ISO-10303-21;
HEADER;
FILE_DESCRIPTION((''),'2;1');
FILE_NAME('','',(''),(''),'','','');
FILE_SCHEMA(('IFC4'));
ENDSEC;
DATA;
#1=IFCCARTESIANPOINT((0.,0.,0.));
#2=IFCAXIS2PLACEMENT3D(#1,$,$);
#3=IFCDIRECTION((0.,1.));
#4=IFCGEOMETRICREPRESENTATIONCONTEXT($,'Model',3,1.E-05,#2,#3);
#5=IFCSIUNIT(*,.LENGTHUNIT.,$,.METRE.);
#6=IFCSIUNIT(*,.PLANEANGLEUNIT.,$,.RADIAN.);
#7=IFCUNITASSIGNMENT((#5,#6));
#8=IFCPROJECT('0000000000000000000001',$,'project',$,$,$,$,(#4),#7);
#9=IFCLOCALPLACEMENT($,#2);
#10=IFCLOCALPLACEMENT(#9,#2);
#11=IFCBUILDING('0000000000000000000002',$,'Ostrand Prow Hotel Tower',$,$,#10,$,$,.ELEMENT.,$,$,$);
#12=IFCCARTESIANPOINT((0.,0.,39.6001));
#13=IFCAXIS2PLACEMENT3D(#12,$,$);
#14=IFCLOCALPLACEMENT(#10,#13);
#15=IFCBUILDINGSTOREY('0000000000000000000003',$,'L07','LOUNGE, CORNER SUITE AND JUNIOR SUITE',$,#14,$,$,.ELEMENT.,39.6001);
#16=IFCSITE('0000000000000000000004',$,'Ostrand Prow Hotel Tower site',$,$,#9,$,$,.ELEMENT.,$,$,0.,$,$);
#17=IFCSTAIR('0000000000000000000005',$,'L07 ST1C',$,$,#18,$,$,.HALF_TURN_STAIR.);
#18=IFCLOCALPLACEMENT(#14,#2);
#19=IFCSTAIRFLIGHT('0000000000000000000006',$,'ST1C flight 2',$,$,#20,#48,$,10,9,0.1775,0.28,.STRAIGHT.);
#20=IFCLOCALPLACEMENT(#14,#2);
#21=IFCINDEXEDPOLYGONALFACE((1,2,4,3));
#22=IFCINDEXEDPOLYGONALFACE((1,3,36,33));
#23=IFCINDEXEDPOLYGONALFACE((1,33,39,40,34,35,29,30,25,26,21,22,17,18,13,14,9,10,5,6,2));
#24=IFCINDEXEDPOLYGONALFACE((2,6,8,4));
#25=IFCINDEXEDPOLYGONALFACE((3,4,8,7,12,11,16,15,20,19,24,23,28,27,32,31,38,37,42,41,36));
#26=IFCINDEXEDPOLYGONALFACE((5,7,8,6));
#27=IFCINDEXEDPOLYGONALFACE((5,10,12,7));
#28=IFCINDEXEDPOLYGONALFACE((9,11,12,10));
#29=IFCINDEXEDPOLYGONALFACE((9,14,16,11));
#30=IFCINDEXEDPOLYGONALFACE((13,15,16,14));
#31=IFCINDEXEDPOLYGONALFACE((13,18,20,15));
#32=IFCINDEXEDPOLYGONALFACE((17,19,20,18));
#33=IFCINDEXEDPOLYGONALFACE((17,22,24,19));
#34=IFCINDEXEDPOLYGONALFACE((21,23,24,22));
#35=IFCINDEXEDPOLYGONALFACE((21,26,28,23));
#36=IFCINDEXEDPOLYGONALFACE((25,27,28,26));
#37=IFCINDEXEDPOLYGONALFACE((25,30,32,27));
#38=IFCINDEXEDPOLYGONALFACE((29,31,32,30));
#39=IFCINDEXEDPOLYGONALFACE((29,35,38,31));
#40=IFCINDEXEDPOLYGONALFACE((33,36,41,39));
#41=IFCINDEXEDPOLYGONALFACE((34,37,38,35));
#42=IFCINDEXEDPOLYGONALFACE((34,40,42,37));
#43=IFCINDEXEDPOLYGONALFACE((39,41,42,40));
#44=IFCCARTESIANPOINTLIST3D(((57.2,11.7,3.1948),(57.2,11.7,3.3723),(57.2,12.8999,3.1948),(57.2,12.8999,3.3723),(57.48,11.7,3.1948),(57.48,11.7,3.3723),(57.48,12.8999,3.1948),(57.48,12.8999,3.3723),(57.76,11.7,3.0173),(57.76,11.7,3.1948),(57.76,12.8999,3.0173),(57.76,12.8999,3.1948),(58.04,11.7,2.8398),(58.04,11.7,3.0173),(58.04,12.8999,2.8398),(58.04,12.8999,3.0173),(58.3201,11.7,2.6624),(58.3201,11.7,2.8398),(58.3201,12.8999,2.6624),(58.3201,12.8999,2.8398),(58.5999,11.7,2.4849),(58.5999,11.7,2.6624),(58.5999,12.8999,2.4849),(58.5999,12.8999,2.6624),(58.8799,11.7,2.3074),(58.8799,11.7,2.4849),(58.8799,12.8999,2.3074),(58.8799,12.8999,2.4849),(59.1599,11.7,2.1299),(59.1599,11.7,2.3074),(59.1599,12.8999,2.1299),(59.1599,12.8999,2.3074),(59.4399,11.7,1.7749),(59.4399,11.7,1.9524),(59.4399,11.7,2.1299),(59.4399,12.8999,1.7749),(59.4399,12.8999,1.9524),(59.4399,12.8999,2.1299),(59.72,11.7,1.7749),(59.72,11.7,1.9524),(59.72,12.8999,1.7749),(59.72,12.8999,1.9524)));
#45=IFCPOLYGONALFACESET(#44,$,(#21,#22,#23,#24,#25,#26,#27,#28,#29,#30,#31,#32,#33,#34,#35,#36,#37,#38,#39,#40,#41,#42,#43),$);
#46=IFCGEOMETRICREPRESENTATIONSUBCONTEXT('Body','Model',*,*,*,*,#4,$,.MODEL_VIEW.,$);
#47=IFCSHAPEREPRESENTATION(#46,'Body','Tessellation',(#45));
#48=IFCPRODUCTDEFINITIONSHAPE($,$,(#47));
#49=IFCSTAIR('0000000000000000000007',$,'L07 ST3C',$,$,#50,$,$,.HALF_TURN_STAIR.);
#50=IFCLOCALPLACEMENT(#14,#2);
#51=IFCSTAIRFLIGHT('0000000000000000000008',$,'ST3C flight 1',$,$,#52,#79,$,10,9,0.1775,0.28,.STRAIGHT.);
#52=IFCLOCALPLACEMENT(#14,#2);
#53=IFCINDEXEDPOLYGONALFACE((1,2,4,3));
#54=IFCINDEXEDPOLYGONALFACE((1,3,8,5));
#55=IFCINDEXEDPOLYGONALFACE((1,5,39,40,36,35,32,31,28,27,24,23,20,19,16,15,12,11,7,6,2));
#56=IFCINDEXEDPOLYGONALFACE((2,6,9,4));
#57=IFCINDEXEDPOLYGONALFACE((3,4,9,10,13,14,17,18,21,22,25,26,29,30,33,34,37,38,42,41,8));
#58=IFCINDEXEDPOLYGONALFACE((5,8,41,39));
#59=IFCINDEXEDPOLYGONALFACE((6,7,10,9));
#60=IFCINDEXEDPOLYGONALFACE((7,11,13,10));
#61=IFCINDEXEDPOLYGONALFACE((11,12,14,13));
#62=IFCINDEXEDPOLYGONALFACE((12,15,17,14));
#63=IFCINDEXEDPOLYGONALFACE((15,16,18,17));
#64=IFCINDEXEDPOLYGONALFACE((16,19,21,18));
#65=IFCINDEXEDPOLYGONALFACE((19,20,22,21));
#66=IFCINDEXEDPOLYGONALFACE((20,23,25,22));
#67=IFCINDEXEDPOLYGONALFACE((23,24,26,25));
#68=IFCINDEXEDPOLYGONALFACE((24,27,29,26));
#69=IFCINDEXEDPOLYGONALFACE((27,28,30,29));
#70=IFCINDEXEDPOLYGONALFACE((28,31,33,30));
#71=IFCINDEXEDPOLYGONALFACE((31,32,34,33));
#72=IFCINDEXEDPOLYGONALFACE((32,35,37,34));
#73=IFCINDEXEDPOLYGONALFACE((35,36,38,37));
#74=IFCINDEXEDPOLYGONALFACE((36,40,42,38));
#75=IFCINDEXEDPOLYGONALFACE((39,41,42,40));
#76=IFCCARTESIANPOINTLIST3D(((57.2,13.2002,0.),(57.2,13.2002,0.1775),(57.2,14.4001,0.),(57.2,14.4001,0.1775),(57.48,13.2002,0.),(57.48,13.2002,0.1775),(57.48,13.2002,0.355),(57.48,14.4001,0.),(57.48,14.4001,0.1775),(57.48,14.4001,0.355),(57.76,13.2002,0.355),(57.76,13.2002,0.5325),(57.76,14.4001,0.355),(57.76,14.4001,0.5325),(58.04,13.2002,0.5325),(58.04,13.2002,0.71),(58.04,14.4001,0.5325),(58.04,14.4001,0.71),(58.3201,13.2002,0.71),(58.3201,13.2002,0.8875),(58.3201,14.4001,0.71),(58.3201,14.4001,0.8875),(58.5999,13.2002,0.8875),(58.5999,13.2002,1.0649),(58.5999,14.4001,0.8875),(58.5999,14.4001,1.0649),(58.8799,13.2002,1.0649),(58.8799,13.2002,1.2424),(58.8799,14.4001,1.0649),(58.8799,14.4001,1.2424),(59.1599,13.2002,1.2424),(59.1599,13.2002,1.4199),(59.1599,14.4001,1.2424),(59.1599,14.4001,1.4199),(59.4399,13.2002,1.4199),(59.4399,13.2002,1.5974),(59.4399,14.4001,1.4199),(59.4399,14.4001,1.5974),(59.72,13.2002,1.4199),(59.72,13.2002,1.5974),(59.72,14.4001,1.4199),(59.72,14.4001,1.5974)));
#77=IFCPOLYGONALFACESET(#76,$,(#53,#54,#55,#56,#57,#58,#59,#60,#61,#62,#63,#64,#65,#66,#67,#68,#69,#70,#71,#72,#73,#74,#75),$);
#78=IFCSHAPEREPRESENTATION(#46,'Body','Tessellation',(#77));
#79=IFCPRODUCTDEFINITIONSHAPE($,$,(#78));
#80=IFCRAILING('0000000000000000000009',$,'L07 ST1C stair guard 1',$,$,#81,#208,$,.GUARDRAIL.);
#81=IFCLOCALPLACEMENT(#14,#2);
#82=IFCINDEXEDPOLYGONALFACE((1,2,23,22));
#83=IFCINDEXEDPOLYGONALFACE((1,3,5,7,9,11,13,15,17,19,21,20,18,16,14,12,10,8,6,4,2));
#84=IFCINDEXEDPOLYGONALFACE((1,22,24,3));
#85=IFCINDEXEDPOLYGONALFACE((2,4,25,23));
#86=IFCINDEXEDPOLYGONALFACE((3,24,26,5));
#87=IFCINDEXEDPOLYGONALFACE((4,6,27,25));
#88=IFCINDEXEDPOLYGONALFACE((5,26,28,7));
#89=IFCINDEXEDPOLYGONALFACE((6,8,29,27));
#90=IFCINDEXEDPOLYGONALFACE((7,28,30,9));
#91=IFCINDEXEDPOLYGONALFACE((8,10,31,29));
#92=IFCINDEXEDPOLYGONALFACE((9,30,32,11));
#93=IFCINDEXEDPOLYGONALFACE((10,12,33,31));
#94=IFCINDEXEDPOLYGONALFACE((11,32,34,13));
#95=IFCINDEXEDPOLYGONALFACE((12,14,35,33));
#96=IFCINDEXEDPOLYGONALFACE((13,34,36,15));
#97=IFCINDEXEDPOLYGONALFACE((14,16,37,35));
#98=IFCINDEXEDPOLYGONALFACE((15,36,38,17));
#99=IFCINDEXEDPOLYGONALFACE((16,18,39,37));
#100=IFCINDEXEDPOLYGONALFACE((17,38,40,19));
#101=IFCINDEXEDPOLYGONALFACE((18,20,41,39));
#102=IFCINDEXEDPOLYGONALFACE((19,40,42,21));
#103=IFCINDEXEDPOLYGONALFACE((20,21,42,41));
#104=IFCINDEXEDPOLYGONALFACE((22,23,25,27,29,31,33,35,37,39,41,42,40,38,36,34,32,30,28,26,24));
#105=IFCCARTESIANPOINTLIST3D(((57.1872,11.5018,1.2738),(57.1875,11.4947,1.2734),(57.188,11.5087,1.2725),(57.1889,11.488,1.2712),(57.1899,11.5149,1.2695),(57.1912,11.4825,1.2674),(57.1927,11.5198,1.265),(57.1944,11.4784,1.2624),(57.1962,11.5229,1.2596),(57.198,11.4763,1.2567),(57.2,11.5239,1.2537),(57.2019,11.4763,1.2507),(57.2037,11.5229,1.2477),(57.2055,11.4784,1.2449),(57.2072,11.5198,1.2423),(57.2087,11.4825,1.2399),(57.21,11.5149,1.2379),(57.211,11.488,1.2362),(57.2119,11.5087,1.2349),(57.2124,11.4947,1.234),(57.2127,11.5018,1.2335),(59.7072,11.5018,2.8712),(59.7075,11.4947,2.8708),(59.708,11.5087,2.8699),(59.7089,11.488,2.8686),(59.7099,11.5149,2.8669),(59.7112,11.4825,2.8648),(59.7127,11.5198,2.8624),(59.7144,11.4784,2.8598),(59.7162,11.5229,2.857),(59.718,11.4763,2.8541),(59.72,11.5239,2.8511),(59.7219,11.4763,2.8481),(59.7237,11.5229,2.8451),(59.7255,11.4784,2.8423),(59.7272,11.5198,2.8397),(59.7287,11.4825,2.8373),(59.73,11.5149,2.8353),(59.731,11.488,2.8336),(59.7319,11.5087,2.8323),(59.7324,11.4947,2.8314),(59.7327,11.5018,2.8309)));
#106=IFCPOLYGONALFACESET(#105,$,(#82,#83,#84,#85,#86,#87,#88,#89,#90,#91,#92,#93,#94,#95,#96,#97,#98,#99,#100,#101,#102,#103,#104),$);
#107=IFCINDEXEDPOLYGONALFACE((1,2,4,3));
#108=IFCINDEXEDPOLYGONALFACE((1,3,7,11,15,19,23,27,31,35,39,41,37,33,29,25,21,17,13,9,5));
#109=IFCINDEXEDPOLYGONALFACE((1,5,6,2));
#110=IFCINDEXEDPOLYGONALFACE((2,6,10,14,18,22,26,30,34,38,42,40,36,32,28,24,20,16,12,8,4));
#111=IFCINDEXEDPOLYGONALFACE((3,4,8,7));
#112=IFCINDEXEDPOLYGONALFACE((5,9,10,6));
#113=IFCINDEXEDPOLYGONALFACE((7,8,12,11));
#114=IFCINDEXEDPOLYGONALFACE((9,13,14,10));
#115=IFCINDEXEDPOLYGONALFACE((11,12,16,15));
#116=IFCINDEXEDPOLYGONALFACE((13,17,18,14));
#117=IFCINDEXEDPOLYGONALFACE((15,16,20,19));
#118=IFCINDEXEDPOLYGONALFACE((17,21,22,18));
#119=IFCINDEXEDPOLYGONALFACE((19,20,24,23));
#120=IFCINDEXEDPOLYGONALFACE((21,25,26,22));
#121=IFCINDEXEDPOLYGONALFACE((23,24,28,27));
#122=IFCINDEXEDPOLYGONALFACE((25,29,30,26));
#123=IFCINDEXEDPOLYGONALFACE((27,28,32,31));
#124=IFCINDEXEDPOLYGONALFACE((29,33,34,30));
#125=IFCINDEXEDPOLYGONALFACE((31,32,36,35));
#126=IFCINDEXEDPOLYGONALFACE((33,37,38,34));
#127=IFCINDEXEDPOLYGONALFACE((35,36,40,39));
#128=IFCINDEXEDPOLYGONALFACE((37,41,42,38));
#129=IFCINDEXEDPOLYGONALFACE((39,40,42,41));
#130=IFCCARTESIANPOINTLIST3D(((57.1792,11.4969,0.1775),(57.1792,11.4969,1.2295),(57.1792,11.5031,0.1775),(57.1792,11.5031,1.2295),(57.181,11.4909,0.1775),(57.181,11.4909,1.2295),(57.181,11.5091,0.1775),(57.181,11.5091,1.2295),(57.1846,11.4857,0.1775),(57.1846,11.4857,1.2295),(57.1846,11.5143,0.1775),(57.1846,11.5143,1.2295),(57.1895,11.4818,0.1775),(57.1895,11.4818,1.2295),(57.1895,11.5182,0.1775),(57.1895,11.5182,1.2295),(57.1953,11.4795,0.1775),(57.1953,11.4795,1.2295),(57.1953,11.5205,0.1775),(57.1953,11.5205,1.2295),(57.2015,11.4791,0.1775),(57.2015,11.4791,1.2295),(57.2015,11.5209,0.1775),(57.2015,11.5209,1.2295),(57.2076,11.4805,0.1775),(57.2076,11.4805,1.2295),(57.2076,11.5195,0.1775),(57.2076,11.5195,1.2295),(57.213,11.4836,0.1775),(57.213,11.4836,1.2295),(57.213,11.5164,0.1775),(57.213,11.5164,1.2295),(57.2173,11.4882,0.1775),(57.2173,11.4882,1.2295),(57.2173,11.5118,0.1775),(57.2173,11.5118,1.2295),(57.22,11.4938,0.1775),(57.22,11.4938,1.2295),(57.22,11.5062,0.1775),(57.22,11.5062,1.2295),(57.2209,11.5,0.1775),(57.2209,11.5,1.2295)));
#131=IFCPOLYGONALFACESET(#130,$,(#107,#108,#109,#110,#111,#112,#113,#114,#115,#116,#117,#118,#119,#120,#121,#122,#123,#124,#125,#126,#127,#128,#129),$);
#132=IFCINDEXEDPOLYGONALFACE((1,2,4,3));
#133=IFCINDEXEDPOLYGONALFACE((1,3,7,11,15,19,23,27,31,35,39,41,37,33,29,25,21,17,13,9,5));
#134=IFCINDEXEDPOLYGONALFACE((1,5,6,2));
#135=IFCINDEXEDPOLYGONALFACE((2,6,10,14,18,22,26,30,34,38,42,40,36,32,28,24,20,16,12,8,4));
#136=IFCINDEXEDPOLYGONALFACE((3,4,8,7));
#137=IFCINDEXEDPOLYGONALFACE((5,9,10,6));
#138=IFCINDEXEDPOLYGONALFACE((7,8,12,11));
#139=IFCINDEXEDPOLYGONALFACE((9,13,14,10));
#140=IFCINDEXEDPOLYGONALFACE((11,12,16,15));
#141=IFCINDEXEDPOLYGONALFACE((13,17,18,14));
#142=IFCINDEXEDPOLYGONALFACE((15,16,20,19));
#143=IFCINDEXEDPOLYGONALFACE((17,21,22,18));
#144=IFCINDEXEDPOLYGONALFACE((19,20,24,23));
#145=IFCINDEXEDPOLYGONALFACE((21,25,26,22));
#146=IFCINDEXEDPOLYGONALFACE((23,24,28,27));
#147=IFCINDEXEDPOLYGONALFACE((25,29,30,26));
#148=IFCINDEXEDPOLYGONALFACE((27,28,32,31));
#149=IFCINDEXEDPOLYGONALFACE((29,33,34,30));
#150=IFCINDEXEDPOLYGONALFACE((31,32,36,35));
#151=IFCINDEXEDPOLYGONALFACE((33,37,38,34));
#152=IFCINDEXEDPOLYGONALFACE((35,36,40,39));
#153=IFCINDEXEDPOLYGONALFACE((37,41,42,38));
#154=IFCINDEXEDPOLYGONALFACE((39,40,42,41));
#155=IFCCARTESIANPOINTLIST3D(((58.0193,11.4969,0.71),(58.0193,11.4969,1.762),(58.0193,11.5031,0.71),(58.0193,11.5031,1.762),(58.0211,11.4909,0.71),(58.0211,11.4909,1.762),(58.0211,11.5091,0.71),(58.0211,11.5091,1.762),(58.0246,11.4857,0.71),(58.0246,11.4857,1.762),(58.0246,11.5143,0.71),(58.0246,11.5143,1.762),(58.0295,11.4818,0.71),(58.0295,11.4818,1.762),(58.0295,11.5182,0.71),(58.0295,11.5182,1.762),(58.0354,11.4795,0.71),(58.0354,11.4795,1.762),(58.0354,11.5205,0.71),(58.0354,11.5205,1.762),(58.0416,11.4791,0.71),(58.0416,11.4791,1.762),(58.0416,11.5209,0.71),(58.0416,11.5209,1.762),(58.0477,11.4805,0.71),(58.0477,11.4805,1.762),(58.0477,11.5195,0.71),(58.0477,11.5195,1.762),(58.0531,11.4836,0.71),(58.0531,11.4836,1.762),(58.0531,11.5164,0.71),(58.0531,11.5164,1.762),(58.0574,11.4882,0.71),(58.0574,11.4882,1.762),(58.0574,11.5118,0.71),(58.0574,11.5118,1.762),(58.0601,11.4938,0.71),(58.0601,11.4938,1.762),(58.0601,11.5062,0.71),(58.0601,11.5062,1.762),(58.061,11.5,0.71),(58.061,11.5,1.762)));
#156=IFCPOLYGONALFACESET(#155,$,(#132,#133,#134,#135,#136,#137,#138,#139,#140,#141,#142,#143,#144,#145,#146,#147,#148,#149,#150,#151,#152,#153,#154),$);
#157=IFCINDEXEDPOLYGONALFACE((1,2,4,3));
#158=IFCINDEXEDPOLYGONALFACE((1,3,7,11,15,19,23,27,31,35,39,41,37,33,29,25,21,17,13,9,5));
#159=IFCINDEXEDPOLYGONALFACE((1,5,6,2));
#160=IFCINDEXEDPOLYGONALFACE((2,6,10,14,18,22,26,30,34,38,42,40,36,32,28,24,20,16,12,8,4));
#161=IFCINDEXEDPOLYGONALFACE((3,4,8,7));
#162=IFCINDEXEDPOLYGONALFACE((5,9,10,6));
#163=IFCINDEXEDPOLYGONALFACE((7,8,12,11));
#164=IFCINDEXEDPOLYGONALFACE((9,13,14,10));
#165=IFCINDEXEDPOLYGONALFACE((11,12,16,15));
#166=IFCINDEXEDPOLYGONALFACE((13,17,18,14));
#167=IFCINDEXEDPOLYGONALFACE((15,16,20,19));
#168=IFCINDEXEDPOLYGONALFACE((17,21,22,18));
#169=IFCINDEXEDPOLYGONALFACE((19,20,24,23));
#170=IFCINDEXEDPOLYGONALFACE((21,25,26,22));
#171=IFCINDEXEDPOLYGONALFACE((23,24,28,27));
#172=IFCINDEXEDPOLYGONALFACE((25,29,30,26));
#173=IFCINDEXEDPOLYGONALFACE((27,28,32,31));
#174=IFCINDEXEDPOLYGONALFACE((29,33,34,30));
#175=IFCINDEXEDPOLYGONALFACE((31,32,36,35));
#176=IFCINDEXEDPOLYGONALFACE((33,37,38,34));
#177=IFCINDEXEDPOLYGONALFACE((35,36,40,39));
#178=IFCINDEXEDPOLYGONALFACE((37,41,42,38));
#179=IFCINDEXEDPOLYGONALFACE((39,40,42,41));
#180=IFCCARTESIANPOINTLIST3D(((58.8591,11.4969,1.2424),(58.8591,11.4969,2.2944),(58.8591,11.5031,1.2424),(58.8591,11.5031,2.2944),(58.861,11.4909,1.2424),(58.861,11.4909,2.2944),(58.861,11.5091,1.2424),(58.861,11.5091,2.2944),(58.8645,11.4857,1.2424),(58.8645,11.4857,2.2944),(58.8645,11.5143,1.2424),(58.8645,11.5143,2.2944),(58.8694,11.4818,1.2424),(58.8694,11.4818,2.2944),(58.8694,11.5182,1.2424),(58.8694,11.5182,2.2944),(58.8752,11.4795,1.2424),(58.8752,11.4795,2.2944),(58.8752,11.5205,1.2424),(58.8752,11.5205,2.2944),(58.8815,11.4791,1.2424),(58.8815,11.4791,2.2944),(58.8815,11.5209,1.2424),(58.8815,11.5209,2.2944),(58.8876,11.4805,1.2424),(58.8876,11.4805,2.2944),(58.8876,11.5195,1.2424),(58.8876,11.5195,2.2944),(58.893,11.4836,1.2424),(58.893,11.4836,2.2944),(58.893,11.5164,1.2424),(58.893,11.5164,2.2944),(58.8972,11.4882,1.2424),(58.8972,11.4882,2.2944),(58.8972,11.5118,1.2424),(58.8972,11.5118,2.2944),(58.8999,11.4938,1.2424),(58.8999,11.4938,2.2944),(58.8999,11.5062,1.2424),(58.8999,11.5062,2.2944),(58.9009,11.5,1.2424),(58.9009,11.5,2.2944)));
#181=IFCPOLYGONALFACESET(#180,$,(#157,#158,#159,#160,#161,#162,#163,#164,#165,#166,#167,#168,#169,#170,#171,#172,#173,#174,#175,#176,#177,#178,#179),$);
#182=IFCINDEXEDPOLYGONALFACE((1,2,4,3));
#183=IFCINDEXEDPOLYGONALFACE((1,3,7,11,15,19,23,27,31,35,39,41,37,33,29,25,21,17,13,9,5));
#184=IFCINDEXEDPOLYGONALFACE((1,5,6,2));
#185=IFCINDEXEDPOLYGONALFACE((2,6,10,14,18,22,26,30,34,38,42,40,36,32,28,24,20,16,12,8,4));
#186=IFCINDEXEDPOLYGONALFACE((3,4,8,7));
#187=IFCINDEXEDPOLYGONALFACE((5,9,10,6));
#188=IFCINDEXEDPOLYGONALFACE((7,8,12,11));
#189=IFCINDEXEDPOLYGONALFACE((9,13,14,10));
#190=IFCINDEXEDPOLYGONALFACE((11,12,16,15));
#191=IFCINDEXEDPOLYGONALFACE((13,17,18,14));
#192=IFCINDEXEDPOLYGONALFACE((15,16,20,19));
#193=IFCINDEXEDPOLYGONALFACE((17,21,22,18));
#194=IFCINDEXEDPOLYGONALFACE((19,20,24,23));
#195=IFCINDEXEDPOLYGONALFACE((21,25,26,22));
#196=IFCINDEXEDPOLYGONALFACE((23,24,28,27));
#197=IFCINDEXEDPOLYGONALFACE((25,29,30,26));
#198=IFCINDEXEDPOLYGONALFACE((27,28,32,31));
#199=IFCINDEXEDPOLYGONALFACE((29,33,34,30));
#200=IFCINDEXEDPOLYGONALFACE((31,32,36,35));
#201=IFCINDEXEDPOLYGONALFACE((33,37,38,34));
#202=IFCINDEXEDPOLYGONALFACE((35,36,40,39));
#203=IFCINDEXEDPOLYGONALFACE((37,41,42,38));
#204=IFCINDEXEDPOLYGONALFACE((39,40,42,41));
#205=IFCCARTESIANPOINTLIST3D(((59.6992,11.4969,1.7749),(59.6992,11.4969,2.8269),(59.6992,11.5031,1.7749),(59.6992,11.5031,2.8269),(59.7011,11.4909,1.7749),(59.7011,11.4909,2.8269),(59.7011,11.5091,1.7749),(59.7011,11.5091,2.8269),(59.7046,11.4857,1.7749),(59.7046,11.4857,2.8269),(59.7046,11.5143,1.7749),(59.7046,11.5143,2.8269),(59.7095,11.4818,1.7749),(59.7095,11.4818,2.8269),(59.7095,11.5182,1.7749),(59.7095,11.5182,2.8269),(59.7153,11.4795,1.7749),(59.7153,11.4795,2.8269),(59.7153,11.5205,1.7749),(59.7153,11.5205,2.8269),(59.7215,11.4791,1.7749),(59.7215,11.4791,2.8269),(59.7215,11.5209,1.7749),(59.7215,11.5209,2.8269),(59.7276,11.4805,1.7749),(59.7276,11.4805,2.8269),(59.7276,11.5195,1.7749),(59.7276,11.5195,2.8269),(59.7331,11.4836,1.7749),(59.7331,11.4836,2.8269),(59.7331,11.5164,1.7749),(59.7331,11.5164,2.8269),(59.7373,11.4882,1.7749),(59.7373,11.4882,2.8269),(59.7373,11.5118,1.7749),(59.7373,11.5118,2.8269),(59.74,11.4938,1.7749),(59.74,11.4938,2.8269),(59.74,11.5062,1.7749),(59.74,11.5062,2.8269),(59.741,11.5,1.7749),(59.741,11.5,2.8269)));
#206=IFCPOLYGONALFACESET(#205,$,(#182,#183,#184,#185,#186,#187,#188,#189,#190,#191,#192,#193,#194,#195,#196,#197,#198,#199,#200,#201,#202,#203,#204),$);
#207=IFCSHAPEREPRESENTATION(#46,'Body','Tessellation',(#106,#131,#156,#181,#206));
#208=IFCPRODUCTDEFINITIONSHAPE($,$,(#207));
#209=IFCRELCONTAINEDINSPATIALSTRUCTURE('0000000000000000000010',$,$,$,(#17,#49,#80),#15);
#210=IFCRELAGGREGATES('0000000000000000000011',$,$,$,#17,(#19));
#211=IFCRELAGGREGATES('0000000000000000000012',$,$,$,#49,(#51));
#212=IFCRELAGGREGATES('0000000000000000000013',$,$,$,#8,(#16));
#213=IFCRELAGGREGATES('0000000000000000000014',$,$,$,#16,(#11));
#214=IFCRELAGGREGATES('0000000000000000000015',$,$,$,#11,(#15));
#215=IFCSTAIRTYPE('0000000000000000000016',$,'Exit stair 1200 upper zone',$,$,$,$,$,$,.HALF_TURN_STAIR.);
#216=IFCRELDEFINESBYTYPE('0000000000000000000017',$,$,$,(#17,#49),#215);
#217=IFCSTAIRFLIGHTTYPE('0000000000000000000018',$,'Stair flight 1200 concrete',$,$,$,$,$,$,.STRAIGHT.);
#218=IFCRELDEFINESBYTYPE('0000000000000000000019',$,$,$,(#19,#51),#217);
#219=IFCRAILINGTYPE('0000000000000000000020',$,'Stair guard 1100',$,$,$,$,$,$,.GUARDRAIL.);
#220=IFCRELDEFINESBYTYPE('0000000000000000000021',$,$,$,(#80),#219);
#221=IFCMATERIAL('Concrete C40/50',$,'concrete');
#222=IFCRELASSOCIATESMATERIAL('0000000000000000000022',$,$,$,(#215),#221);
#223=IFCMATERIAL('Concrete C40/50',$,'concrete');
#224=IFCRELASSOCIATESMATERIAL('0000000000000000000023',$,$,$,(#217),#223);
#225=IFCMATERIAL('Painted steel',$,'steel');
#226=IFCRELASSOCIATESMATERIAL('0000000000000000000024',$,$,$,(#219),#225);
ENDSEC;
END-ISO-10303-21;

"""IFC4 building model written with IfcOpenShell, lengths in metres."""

from ifc_helpers import new_model, si_unit, direction, frame, origin, origin_2d, place, context, subcontext, project, spatial, polyline, circle, outline, extrude, material, type_object, element, aggregate, save


model = new_model("IFC4")

# Units and contexts
model_context = context("Model", 3, precision=1e-05, world=origin(), true_north=direction((0.0, 1.0)))
body_context = subcontext(model_context, "Body", "Model", "MODEL_VIEW")
ifc_project = project(units=[si_unit("LENGTHUNIT", "METRE"), si_unit("PLANEANGLEUNIT", "RADIAN")], contexts=[model_context])

# Site, building, storey
site_placement = place(None, origin())
site = spatial("IfcSite", under=ifc_project, at=site_placement, Name="Ostrand Prow Hotel Tower site", CompositionType="ELEMENT", RefElevation=0.0)
building_placement = place(site_placement, origin())
building = spatial("IfcBuilding", under=site, at=building_placement, Name="Ostrand Prow Hotel Tower", CompositionType="ELEMENT")
storey_placement = place(building_placement, frame((0.0, 0.0, 39.6001)))
storey = spatial("IfcBuildingStorey", under=building, at=storey_placement, Name="L07", Description="LOUNGE, CORNER SUITE AND JUNIOR SUITE", CompositionType="ELEMENT", Elevation=39.6001)

# Stair, stair flight
ifc_material_1 = material(Name="Concrete C40/50", Category="concrete")
stair_type = type_object("IfcStairType", Name="Exit stair 1200 upper zone", PredefinedType="HALF_TURN_STAIR", material=ifc_material_1)
stair_1_placement = place(storey_placement, origin())
stair_1 = element("IfcStair", 1, at=stair_1_placement, inside=storey, type_object=stair_type, Name="L07 ST1C", PredefinedType="HALF_TURN_STAIR")
ifc_material_2 = material(Name="Concrete C40/50", Category="concrete")
stair_flight_type = type_object("IfcStairFlightType", Name="Stair flight 1200 concrete", PredefinedType="STRAIGHT", material=ifc_material_2)
stair_flight_1_placement = place(storey_placement, frame((59.72, 12.3, 1.7749), z_axis=(0.0, 0.0, 1.0), x_axis=(-1.0, 0.0, 0.0)))
stair_flight_1 = element("IfcStairFlight", 2, at=stair_flight_1_placement, type_object=stair_flight_type, Name="ST1C flight 2", NumberOfRisers=10, NumberOfTreads=9, PredefinedType="STRAIGHT", RiserHeight=0.1775, TreadLength=0.28, context=body_context, shape_type="SweptSolid", body=[
    extrude(outline(polyline([(0.0, 0.0), (0.0, 0.1775), (0.28, 0.1775), (0.28, 0.355), (0.5601, 0.355), (0.5601, 0.5325), (0.8401, 0.5325), (0.8401, 0.71), (1.1201, 0.71), (1.1201, 0.8875), (1.3999, 0.8875), (1.3999, 1.0649), (1.6799, 1.0649), (1.6799, 1.2424), (1.96, 1.2424), (1.96, 1.4199), (2.24, 1.4199), (2.24, 1.5974), (2.52, 1.5974), (2.52, 1.7749), (2.52, 1.4199), (0.28, 0.0), (0.0, 0.0)])), frame((0.0, 0.6001, 0.0), z_axis=(0.0, -1.0, 0.0), x_axis=(1.0, 0.0, 0.0)), (0.0, 0.0, 1.0), 1.2),
])
aggregate(stair_1, [stair_flight_1])

# Stair, stair flight
stair_2_placement = place(storey_placement, origin())
stair_2 = element("IfcStair", 3, at=stair_2_placement, inside=storey, type_object=stair_type, Name="L07 ST3C", PredefinedType="HALF_TURN_STAIR")
stair_flight_2_placement = place(storey_placement, frame((57.2, 13.8, 0.0), z_axis=(0.0, 0.0, 1.0), x_axis=(1.0, 0.0, 0.0)))
stair_flight_2 = element("IfcStairFlight", 4, at=stair_flight_2_placement, type_object=stair_flight_type, Name="ST3C flight 1", NumberOfRisers=10, NumberOfTreads=9, PredefinedType="STRAIGHT", RiserHeight=0.1775, TreadLength=0.28, context=body_context, shape_type="SweptSolid", body=[
    extrude(outline(polyline([(0.0, 0.0), (0.0, 0.1775), (0.28, 0.1775), (0.28, 0.355), (0.5601, 0.355), (0.5601, 0.5325), (0.8401, 0.5325), (0.8401, 0.71), (1.1201, 0.71), (1.1201, 0.8875), (1.3999, 0.8875), (1.3999, 1.0649), (1.6799, 1.0649), (1.6799, 1.2424), (1.96, 1.2424), (1.96, 1.4199), (2.24, 1.4199), (2.24, 1.5974), (2.52, 1.5974), (2.52, 1.7749), (2.52, 1.4199), (0.28, 0.0), (0.0, 0.0)])), frame((0.0, 0.6001, 0.0), z_axis=(0.0, -1.0, 0.0), x_axis=(1.0, 0.0, 0.0)), (0.0, 0.0, 1.0), 1.2),
])
aggregate(stair_2, [stair_flight_2])

# Railing
ifc_material_3 = material(Name="Painted steel", Category="steel")
railing_type_1 = type_object("IfcRailingType", Name="Stair guard 1100", PredefinedType="GUARDRAIL", material=ifc_material_3)
railing_1_placement = place(storey_placement, frame((57.2, 11.5, 0.1775)))
element("IfcRailing", 5, at=railing_1_placement, inside=storey, type_object=railing_type_1, Name="L07 ST1C stair guard 1", PredefinedType="GUARDRAIL", context=body_context, shape_type="SweptSolid", body=[
    extrude(circle(Radius=0.0239, at=origin_2d()), frame((0.0, 0.0, 1.0762), z_axis=(0.844607, 0.0, 0.535387), x_axis=(0.0, 1.0, 0.0)), (0.0, 0.0, 1.0), 2.9836),
    extrude(circle(Radius=0.021, at=origin_2d()), origin(), (0.0, 0.0, 1.0), 1.052),
    extrude(circle(Radius=0.021, at=origin_2d()), frame((0.8401, 0.0, 0.5325)), (0.0, 0.0, 1.0), 1.052),
    extrude(circle(Radius=0.021, at=origin_2d()), frame((1.6799, 0.0, 1.0649)), (0.0, 0.0, 1.0), 1.052),
    extrude(circle(Radius=0.021, at=origin_2d()), frame((2.52, 0.0, 1.5974)), (0.0, 0.0, 1.0), 1.052),
])

save(model, "model.ifc")
